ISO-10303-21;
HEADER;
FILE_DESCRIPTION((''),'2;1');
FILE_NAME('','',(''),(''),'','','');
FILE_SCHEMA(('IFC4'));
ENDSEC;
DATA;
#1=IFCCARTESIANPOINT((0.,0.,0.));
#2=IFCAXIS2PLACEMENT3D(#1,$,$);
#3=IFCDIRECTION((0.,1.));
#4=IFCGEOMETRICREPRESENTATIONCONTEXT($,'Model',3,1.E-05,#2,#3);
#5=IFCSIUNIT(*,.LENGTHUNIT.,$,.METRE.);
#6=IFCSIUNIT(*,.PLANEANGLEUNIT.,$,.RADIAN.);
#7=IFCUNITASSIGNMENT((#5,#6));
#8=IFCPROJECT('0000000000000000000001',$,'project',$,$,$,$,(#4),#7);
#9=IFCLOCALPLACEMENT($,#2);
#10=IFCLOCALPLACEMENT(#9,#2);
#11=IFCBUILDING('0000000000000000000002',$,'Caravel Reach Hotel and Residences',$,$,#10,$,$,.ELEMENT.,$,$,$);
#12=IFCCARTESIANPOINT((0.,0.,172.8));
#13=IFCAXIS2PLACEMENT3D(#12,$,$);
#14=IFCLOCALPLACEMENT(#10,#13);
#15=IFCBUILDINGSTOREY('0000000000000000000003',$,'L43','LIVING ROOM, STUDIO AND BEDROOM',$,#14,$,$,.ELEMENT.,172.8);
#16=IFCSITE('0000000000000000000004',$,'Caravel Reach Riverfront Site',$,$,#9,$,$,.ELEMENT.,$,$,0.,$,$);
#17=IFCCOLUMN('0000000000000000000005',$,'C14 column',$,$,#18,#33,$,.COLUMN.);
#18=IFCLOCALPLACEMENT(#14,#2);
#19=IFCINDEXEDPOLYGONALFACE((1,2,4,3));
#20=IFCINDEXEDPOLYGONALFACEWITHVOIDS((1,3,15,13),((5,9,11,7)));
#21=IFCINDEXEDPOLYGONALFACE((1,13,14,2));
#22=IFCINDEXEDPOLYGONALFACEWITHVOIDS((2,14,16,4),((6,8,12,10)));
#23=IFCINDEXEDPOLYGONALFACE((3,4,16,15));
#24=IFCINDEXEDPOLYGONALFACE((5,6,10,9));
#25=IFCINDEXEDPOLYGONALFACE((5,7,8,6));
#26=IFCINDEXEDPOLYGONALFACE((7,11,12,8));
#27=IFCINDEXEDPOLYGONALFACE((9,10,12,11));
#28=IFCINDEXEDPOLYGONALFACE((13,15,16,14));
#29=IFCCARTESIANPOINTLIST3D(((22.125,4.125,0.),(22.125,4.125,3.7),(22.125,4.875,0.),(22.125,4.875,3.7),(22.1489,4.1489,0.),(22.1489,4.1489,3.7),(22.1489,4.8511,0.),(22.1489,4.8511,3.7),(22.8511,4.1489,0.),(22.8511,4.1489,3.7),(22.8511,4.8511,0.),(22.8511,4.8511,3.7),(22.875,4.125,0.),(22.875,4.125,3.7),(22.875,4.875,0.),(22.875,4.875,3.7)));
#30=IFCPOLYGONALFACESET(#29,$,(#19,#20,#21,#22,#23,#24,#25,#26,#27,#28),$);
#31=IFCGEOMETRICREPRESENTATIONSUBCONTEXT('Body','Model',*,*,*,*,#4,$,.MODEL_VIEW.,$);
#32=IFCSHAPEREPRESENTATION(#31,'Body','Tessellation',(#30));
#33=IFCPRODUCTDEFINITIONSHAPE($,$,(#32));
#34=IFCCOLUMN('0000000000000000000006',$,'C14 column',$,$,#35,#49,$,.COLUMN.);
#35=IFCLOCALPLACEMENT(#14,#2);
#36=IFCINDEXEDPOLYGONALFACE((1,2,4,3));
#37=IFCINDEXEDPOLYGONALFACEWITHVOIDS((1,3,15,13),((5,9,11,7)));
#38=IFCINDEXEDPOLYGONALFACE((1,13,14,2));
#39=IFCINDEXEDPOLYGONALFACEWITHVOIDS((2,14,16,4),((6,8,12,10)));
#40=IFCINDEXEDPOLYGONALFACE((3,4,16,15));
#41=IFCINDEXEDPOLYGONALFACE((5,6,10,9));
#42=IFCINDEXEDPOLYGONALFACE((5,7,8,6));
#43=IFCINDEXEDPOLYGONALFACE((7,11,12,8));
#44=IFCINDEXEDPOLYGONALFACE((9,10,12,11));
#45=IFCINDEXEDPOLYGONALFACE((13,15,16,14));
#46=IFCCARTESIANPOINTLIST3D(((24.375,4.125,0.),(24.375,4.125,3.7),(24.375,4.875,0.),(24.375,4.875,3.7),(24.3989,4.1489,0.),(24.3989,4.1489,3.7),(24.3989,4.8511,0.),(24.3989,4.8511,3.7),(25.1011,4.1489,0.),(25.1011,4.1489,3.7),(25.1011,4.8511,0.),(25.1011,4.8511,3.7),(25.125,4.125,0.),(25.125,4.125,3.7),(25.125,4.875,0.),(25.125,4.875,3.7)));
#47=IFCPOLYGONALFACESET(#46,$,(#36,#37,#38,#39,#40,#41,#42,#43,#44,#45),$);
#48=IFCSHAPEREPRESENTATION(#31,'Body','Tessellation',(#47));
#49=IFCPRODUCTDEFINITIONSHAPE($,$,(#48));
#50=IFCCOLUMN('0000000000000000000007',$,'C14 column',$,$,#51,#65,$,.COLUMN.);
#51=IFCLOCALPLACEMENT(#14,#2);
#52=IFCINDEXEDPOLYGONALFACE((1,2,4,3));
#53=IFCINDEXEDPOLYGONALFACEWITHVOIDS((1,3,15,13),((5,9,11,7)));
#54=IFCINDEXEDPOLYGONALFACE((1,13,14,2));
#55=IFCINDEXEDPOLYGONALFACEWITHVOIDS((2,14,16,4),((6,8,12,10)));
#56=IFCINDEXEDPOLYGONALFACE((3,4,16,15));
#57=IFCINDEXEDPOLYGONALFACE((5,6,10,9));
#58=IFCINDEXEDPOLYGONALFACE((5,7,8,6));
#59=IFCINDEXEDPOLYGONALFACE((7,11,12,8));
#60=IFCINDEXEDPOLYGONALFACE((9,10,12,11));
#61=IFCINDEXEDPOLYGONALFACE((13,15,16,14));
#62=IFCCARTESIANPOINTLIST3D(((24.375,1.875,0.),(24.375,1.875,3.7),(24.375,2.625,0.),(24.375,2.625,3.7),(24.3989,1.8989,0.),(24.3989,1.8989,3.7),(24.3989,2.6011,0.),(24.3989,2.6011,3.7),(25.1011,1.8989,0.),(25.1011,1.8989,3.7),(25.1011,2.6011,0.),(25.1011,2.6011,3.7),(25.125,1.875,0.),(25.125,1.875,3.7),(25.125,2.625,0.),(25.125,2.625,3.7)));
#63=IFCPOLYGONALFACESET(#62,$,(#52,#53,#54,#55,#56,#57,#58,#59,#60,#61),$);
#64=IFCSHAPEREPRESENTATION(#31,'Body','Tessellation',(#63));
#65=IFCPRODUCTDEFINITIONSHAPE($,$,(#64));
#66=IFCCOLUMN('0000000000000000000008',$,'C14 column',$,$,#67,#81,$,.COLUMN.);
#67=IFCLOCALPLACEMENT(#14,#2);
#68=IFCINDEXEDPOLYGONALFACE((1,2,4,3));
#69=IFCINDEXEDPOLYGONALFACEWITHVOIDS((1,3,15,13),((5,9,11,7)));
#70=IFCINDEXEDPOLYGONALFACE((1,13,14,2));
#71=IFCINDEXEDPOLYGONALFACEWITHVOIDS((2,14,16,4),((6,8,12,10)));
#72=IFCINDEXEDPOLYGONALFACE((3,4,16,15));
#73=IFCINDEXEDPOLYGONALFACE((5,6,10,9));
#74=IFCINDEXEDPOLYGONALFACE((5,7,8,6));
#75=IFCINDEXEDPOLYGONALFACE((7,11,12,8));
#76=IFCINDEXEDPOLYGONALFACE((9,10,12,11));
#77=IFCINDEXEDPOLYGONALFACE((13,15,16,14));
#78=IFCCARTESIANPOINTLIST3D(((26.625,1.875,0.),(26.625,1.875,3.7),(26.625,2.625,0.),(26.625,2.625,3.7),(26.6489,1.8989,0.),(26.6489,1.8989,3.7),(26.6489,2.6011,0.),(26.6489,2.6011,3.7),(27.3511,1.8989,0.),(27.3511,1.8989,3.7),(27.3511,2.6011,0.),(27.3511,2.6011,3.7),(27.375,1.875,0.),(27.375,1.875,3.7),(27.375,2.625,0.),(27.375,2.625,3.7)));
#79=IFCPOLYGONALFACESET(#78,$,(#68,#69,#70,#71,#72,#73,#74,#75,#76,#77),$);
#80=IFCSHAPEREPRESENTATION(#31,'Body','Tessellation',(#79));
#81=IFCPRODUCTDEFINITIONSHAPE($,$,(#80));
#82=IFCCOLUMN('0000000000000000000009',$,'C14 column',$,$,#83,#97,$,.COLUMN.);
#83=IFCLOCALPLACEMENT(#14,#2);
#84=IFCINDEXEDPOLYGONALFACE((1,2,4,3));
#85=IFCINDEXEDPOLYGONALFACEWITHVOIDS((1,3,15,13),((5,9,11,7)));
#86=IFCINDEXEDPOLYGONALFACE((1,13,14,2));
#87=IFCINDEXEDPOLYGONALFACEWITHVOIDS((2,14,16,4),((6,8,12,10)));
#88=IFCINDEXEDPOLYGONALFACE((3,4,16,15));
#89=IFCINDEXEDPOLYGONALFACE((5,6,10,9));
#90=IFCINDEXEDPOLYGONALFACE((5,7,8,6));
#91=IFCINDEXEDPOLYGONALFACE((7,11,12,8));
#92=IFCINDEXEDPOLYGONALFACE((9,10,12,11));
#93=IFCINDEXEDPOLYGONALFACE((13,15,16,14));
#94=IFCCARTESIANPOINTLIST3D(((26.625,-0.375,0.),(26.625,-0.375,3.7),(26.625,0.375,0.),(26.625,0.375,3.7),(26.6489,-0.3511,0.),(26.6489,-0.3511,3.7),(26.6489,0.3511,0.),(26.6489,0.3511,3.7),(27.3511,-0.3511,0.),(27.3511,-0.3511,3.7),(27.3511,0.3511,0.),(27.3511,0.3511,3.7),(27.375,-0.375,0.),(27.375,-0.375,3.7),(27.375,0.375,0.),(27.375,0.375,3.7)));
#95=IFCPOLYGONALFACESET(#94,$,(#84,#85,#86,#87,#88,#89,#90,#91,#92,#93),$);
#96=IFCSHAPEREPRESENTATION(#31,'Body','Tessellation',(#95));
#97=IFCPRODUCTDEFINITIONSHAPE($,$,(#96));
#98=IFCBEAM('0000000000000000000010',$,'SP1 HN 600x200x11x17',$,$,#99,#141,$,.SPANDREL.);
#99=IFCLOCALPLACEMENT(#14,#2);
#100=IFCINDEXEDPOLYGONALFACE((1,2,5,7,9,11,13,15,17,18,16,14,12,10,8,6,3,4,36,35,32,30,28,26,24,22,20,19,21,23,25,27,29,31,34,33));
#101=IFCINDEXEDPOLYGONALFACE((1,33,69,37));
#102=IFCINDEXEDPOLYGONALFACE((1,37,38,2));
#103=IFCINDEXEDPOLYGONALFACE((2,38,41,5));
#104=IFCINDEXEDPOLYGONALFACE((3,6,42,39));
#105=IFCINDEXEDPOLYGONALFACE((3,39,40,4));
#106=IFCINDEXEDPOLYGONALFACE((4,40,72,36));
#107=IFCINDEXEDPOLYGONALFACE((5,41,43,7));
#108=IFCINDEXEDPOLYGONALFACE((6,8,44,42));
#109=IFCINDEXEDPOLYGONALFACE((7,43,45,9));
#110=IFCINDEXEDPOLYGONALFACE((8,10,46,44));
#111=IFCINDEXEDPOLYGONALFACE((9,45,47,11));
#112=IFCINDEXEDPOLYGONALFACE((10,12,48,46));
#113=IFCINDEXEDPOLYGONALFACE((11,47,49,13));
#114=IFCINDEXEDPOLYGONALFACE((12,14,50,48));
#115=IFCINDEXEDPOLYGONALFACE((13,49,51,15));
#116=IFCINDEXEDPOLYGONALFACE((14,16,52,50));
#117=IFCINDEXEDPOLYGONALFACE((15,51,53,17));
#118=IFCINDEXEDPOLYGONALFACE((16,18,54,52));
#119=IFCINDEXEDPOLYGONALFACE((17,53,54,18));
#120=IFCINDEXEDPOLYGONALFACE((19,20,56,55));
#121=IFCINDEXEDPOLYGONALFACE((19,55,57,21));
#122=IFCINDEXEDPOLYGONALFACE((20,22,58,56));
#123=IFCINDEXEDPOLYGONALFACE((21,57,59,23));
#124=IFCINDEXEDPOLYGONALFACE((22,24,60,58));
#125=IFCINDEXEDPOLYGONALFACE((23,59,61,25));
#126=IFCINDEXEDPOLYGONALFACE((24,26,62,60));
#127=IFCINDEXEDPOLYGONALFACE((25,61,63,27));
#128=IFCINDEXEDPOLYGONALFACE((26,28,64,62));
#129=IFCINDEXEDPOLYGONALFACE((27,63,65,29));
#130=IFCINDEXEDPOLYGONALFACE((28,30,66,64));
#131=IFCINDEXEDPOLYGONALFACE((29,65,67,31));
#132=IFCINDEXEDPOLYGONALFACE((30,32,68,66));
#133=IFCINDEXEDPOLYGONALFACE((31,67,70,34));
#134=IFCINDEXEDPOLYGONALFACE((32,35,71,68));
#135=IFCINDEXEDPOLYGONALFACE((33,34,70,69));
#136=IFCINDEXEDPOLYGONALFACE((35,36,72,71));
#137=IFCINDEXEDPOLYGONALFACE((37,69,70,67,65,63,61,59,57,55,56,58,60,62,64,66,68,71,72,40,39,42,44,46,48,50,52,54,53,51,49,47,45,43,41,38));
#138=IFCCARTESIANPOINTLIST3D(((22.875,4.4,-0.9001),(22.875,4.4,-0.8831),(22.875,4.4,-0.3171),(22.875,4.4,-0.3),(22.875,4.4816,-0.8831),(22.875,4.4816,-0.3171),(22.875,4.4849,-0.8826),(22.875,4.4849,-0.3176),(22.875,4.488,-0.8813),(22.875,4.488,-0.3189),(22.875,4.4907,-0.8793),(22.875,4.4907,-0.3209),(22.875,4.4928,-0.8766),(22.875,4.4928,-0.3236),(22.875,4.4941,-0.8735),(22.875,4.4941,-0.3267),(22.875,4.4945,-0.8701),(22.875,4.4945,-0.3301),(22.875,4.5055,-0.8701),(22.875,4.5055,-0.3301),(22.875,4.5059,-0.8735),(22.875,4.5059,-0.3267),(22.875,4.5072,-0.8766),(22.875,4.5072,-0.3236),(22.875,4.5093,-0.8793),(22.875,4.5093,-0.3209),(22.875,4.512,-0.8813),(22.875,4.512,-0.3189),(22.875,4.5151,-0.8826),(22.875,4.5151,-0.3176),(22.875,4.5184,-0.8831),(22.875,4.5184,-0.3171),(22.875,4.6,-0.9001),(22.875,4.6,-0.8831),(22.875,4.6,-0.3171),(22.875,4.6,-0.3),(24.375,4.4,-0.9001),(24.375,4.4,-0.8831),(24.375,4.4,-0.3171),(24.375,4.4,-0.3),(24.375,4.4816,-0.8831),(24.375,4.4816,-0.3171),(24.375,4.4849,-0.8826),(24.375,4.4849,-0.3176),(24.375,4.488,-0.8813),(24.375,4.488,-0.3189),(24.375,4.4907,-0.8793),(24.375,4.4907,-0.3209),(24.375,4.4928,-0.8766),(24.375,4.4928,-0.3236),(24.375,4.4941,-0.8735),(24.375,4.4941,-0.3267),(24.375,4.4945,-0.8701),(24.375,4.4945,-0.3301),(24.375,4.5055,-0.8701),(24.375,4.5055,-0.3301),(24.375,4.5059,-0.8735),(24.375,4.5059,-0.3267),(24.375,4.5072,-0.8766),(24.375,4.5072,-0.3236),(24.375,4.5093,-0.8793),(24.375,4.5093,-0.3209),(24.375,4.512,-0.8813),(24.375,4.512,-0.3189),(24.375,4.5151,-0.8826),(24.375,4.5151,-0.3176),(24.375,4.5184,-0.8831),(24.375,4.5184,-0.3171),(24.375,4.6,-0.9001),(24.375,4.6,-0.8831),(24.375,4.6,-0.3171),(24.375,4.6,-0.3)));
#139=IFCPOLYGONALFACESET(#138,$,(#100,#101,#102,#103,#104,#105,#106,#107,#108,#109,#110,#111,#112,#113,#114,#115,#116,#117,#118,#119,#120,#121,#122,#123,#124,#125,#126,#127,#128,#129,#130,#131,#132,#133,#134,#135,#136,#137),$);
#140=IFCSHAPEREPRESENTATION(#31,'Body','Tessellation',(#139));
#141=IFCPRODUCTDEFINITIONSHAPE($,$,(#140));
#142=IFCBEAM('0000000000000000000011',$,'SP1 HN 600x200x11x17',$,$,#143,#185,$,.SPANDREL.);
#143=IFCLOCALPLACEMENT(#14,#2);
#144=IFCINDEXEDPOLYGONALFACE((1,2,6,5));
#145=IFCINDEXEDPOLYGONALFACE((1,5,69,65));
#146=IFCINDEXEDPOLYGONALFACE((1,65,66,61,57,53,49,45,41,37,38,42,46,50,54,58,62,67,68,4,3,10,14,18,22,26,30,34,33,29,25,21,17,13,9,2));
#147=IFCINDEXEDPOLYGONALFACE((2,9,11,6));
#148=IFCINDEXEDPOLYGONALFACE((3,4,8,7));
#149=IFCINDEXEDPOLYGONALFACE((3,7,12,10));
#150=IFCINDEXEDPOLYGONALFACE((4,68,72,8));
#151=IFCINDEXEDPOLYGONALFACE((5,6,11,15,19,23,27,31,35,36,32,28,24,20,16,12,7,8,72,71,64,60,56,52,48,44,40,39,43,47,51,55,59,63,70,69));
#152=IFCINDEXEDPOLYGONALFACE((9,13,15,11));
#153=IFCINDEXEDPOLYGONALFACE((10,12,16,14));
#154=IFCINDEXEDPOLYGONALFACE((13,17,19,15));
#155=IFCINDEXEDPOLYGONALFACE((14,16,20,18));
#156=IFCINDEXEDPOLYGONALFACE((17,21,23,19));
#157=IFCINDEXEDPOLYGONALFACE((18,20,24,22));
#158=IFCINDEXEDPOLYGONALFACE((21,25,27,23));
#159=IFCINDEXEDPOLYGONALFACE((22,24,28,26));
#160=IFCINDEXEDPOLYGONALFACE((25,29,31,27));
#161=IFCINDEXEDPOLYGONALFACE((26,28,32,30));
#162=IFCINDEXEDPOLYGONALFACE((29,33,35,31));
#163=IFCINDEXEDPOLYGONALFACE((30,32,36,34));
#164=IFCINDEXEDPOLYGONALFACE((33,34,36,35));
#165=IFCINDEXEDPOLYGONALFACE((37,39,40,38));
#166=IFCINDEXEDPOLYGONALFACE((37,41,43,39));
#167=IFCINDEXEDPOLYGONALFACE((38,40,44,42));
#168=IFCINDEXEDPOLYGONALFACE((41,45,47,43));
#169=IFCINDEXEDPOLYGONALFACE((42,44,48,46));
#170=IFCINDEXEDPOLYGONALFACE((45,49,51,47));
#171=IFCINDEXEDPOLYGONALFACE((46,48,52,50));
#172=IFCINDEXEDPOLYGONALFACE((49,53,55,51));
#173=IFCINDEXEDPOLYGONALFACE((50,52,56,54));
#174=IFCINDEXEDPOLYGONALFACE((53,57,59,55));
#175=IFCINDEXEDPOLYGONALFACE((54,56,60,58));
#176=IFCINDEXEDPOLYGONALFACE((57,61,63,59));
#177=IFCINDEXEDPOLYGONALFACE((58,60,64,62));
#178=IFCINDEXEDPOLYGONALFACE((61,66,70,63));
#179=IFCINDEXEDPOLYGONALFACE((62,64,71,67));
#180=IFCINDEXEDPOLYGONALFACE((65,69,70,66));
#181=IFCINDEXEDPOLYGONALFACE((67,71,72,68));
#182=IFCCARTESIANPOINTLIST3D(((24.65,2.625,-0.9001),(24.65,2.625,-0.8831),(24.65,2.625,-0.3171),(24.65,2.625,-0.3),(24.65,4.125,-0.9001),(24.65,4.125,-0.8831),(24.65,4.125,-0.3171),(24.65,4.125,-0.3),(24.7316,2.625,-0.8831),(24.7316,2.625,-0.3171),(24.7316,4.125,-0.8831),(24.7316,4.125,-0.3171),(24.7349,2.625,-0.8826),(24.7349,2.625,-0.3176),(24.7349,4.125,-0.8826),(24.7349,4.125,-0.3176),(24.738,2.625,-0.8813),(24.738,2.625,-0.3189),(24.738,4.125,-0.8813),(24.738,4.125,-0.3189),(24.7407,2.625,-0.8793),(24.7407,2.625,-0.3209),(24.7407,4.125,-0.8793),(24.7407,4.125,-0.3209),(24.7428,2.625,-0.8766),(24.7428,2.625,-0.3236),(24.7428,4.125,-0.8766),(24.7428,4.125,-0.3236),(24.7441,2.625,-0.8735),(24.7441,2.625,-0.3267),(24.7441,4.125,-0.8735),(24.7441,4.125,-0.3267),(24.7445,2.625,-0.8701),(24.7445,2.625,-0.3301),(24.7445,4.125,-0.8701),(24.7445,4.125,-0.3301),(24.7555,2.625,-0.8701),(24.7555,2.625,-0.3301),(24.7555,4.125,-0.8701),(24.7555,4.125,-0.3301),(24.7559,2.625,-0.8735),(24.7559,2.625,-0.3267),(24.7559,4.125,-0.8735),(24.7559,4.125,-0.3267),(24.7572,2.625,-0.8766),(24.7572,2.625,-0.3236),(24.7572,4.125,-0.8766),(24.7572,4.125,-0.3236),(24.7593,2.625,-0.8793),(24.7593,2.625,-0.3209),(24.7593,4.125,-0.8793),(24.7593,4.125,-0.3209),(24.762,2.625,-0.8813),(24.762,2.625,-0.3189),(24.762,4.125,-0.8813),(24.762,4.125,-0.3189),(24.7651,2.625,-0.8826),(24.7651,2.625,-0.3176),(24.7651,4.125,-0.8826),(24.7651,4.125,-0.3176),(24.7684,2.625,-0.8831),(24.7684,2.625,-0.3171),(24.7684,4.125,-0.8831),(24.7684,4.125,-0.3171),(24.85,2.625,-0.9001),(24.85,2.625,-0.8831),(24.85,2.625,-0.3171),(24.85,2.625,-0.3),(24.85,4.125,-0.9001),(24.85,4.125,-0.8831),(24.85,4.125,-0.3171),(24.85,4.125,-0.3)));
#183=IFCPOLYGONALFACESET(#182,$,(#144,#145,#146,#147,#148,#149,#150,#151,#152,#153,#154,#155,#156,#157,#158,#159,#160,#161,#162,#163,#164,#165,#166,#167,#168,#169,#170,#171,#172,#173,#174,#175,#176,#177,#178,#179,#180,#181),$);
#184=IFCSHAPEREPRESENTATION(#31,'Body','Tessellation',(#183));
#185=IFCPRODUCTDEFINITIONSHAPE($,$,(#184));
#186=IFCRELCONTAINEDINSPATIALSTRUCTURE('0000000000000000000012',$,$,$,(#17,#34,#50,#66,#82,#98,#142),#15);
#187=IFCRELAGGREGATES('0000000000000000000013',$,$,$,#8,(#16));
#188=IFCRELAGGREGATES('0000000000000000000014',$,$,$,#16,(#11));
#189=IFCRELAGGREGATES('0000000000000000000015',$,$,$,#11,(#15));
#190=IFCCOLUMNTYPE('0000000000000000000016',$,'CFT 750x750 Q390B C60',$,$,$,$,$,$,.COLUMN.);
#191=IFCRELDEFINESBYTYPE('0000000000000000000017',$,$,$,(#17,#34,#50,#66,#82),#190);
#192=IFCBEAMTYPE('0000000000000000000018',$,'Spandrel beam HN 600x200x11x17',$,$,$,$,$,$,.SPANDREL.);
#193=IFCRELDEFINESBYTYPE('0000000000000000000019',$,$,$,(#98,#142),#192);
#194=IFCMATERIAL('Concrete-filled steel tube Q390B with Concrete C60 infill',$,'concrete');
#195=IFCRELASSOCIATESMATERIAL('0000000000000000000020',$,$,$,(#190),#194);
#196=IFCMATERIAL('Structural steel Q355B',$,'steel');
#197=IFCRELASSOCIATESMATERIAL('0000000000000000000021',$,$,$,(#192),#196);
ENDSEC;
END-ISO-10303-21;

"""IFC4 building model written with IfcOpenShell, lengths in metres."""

from ifc_helpers import new_model, si_unit, direction, frame, origin, origin_2d, place, context, subcontext, project, spatial, hollow_rectangle, i_section, extrude, material, material_profile, profile_set, type_object, element, save


model = new_model("IFC4")

# Units and contexts
model_context = context("Model", 3, precision=1e-05, world=origin(), true_north=direction((0.0, 1.0)))
body_context = subcontext(model_context, "Body", "Model", "MODEL_VIEW")
ifc_project = project(units=[si_unit("LENGTHUNIT", "METRE"), si_unit("PLANEANGLEUNIT", "RADIAN")], contexts=[model_context])

# Site, building, storey
site_placement = place(None, origin())
site = spatial("IfcSite", under=ifc_project, at=site_placement, Name="Caravel Reach Riverfront Site", CompositionType="ELEMENT", RefElevation=0.0)
building_placement = place(site_placement, origin())
building = spatial("IfcBuilding", under=site, at=building_placement, Name="Caravel Reach Hotel and Residences", CompositionType="ELEMENT")
storey_placement = place(building_placement, frame((0.0, 0.0, 172.8)))
storey = spatial("IfcBuildingStorey", under=building, at=storey_placement, Name="L43", Description="LIVING ROOM, STUDIO AND BEDROOM", CompositionType="ELEMENT", Elevation=172.8)

# Columns
ifc_material_1 = material(Name="Concrete-filled steel tube Q390B with Concrete C60 infill", Category="concrete")
ifc_material_profile_1 = material_profile(ifc_material_1, hollow_rectangle(XDim=0.75, YDim=0.75, WallThickness=0.0239, at=origin_2d()), Name="RHS 750x750x24")
ifc_profile_set_1 = profile_set([ifc_material_profile_1], Name="Concrete-filled steel tube Q390B with Concrete C60 infill")
column_type = type_object("IfcColumnType", Name="CFT 750x750 Q390B C60", PredefinedType="COLUMN", material=ifc_profile_set_1)
for number, where, z_axis, x_axis, name in (
    (1, (22.5, 4.5, 0.0), (0.0, 0.0, 1.0), (1.0, 0.0, 0.0), "C14 column"),
    (2, (24.75, 4.5, 0.0), (0.0, 0.0, 1.0), (1.0, 0.0, 0.0), "C14 column"),
    (3, (24.75, 2.25, 0.0), (0.0, 0.0, 1.0), (1.0, 0.0, 0.0), "C14 column"),
    (4, (27.0, 2.25, 0.0), (0.0, 0.0, 1.0), (1.0, 0.0, 0.0), "C14 column"),
    (5, (27.0, 0.0, 0.0), (0.0, 0.0, 1.0), (1.0, 0.0, 0.0), "C14 column"),
):
    element("IfcColumn", number, at=place(storey_placement, frame(where, z_axis=z_axis, x_axis=x_axis)), inside=storey, type_object=column_type, Name=name, PredefinedType="COLUMN", context=body_context, shape_type="SweptSolid", body=[
        extrude(hollow_rectangle(XDim=0.75, YDim=0.75, WallThickness=0.0239, at=origin_2d()), origin(), (0.0, 0.0, 1.0), 3.7),
    ])

# Beams
ifc_material_2 = material(Name="Structural steel Q355B", Category="steel")
ifc_material_profile_2 = material_profile(ifc_material_2, i_section(OverallWidth=0.2, OverallDepth=0.6001, WebThickness=0.011, FlangeThickness=0.0171, FilletRadius=0.0129, at=origin_2d()), Name="HN 600x200x11x17")
ifc_profile_set_2 = profile_set([ifc_material_profile_2], Name="Structural steel Q355B")
beam_type = type_object("IfcBeamType", Name="Spandrel beam HN 600x200x11x17", PredefinedType="SPANDREL", material=ifc_profile_set_2)
for number, where, z_axis, x_axis, name in (
    (6, (22.875, 4.5, -0.6001), (1.0, 0.0, 0.0), (0.0, 1.0, 0.0), "SP1 HN 600x200x11x17"),
    (7, (24.75, 4.125, -0.6001), (0.0, -1.0, 0.0), (1.0, 0.0, 0.0), "SP1 HN 600x200x11x17"),
):
    element("IfcBeam", number, at=place(storey_placement, frame(where, z_axis=z_axis, x_axis=x_axis)), inside=storey, type_object=beam_type, Name=name, PredefinedType="SPANDREL", context=body_context, shape_type="SweptSolid", body=[
        extrude(i_section(OverallWidth=0.2, OverallDepth=0.6001, WebThickness=0.011, FlangeThickness=0.0171, FilletRadius=0.0129, at=origin_2d()), origin(), (0.0, 0.0, 1.0), 1.5),
    ])

save(model, "model.ifc")
